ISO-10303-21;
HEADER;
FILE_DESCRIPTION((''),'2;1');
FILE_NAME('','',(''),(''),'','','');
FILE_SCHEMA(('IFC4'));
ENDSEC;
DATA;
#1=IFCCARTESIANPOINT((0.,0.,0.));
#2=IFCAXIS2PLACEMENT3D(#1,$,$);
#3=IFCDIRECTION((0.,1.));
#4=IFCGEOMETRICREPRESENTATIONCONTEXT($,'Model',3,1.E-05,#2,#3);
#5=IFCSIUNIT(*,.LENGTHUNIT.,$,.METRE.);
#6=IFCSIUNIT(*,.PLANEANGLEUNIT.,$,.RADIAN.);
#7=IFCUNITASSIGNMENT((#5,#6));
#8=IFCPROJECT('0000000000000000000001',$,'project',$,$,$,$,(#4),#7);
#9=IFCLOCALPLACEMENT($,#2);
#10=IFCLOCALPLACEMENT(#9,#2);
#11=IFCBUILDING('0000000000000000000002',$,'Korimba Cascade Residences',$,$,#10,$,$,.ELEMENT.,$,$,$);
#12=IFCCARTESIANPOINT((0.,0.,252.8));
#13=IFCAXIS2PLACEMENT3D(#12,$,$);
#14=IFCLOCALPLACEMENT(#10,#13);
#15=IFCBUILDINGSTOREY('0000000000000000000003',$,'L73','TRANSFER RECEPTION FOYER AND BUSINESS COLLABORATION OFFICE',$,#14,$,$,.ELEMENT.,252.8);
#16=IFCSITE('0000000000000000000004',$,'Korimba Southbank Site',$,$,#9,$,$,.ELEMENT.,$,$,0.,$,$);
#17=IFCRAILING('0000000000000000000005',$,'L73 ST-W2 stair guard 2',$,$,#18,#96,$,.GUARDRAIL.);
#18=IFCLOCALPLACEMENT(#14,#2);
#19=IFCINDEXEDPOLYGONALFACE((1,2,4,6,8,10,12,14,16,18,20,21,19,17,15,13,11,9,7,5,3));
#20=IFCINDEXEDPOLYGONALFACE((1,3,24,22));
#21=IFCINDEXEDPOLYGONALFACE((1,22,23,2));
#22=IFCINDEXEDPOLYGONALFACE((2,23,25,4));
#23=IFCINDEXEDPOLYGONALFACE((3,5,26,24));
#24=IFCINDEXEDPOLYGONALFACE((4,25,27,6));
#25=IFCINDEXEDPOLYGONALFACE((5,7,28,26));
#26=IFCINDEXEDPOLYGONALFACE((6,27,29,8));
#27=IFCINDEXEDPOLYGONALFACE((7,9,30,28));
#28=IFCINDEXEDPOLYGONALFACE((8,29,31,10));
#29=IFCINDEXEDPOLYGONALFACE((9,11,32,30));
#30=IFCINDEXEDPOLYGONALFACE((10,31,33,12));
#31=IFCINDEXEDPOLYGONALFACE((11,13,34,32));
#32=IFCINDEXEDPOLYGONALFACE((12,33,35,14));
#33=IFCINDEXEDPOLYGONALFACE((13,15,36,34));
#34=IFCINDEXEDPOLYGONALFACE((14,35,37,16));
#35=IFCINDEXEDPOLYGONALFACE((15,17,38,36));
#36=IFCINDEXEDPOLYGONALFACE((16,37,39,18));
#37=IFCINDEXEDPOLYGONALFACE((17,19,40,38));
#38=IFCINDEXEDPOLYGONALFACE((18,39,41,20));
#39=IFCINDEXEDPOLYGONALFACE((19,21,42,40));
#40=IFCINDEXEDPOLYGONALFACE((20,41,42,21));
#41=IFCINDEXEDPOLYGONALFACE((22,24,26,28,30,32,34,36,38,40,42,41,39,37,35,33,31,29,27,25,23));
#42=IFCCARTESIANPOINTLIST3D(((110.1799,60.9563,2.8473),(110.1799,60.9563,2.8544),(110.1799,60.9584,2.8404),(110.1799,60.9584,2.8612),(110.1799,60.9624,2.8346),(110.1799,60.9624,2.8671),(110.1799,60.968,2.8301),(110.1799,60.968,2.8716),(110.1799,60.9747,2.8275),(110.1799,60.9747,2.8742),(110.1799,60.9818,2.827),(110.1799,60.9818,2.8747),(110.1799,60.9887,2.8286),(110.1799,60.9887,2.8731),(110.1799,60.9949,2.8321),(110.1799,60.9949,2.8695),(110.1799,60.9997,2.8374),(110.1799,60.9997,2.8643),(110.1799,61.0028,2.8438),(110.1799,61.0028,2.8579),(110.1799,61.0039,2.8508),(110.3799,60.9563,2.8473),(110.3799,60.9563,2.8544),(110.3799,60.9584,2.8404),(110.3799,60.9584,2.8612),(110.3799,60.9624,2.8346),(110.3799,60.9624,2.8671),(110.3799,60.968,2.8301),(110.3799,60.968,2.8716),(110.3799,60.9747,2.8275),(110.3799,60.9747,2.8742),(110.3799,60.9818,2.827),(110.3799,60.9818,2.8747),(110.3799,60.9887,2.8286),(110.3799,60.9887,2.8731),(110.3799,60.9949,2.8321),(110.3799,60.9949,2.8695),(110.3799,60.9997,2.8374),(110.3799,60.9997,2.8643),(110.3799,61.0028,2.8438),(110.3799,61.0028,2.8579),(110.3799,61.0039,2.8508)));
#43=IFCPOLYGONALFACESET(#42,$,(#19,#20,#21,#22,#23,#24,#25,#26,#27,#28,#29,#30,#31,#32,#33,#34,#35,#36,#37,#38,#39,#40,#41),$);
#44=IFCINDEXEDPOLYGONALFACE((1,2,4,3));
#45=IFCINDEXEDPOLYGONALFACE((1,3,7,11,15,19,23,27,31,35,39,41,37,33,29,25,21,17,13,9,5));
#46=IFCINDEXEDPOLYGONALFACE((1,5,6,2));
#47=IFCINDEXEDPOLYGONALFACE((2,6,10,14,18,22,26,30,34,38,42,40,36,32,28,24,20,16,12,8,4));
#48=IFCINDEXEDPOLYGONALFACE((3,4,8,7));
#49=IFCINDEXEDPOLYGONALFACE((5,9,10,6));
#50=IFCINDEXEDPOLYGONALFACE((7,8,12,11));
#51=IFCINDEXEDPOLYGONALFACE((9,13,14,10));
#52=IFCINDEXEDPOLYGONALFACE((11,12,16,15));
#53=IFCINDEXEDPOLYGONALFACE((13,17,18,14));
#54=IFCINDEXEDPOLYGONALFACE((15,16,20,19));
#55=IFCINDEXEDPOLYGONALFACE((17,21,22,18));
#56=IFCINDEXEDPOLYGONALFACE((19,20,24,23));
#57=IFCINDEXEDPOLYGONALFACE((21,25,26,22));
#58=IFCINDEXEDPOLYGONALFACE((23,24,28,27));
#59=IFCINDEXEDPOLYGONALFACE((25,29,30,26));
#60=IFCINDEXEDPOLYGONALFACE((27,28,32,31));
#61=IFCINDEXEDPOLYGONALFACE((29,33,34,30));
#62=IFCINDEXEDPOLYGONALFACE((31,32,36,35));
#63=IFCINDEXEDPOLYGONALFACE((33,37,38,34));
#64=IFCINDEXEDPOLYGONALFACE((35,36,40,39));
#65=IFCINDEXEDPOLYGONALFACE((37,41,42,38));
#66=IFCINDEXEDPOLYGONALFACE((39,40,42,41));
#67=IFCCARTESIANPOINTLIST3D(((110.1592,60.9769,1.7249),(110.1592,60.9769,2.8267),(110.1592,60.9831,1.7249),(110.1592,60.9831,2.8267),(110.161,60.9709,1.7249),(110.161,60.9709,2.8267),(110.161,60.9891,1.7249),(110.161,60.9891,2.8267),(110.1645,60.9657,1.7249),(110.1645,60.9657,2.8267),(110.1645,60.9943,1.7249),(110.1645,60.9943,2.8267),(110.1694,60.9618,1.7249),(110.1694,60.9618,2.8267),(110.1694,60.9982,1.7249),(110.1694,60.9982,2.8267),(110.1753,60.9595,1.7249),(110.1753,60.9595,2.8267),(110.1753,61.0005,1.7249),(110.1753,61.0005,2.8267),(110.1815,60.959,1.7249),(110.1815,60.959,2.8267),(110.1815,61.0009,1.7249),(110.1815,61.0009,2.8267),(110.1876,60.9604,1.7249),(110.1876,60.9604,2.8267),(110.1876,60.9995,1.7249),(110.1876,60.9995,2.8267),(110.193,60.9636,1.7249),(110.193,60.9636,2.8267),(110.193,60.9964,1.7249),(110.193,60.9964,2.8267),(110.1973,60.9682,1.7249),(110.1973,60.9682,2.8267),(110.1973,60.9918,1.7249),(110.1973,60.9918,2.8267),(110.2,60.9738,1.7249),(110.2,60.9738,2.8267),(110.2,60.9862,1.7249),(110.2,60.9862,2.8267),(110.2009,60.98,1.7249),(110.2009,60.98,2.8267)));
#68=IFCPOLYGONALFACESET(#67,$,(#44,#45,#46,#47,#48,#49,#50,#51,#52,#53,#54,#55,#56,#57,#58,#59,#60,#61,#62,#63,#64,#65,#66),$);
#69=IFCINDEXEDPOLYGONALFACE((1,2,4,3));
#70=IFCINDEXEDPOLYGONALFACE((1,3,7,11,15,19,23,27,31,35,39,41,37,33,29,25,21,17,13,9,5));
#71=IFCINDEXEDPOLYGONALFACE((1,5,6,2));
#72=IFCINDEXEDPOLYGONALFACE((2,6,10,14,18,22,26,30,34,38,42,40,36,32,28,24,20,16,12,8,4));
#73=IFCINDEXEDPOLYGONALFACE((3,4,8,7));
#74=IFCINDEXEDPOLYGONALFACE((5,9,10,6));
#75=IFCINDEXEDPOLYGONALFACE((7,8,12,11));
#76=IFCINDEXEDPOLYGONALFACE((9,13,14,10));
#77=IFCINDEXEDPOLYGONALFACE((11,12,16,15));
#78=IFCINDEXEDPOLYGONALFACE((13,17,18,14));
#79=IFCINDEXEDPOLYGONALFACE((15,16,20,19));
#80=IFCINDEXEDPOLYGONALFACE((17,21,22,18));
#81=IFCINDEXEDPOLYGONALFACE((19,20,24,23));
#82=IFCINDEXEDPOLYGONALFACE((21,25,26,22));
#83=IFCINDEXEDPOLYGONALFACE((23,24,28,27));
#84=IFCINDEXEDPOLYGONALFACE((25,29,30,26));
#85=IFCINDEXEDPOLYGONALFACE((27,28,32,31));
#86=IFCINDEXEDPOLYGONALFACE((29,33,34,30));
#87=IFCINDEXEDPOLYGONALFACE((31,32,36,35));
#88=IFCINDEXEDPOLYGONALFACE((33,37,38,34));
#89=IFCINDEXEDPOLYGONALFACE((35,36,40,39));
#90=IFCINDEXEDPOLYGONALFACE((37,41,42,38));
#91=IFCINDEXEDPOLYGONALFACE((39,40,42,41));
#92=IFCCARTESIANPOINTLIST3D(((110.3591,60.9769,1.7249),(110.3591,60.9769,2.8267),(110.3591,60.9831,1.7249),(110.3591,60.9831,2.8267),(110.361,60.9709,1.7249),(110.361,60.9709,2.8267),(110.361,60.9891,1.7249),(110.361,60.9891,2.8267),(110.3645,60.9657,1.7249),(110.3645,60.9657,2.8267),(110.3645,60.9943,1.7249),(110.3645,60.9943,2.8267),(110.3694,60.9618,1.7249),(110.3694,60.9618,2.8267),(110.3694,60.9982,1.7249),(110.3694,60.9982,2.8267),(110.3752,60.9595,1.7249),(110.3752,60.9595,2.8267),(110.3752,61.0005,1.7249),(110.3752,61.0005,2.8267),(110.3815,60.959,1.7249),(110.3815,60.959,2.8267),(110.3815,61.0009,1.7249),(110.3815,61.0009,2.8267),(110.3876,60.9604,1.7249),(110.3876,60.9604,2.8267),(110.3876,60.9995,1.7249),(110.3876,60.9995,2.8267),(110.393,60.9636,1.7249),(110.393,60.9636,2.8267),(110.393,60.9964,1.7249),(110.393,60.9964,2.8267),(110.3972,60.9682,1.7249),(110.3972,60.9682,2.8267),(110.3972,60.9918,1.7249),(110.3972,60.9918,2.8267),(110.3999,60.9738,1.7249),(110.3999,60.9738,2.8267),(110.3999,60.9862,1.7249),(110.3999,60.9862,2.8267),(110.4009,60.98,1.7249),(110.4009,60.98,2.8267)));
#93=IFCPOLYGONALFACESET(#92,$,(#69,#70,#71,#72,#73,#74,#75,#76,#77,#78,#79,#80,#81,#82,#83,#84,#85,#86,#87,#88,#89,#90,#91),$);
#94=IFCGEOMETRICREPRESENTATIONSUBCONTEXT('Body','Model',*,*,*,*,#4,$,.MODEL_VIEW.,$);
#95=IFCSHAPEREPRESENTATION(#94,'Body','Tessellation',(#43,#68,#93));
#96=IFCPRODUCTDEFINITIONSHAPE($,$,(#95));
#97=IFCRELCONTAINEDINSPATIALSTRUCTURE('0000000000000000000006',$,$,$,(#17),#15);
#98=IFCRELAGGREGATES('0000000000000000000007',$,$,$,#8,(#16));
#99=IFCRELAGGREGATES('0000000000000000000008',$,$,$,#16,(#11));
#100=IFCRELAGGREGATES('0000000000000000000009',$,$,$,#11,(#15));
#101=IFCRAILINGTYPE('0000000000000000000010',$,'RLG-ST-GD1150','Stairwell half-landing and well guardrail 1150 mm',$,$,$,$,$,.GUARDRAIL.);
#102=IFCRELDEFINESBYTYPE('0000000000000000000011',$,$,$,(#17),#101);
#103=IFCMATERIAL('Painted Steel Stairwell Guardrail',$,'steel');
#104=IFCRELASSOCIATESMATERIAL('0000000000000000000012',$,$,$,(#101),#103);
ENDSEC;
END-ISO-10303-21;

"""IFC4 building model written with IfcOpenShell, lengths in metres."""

from ifc_helpers import new_model, si_unit, direction, frame, origin, origin_2d, place, context, subcontext, project, spatial, circle, extrude, material, type_object, element, save


model = new_model("IFC4")

# Units and contexts
model_context = context("Model", 3, precision=1e-05, world=origin(), true_north=direction((0.0, 1.0)))
body_context = subcontext(model_context, "Body", "Model", "MODEL_VIEW")
ifc_project = project(units=[si_unit("LENGTHUNIT", "METRE"), si_unit("PLANEANGLEUNIT", "RADIAN")], contexts=[model_context])

# Site, building, storey
site_placement = place(None, origin())
site = spatial("IfcSite", under=ifc_project, at=site_placement, Name="Korimba Southbank Site", CompositionType="ELEMENT", RefElevation=0.0)
building_placement = place(site_placement, origin())
building = spatial("IfcBuilding", under=site, at=building_placement, Name="Korimba Cascade Residences", CompositionType="ELEMENT")
storey_placement = place(building_placement, frame((0.0, 0.0, 252.8)))
storey = spatial("IfcBuildingStorey", under=building, at=storey_placement, Name="L73", Description="TRANSFER RECEPTION FOYER AND BUSINESS COLLABORATION OFFICE", CompositionType="ELEMENT", Elevation=252.8)

# Railing
ifc_material_1 = material(Name="Painted Steel Stairwell Guardrail", Category="steel")
railing_type_1 = type_object("IfcRailingType", Name="RLG-ST-GD1150", Description="Stairwell half-landing and well guardrail 1150 mm", PredefinedType="GUARDRAIL", material=ifc_material_1)
railing_1_placement = place(storey_placement, frame((110.1799, 60.98, 1.7249)))
element("IfcRailing", 1, at=railing_1_placement, inside=storey, type_object=railing_type_1, Name="L73 ST-W2 stair guard 2", PredefinedType="GUARDRAIL", context=body_context, shape_type="SweptSolid", body=[
    extrude(circle(Radius=0.0239, at=origin_2d()), frame((0.0, 0.0, 1.126), z_axis=(1.0, 0.0, 0.0), x_axis=(0.0, 1.0, 0.0)), (0.0, 0.0, 1.0), 0.2),
    extrude(circle(Radius=0.021, at=origin_2d()), origin(), (0.0, 0.0, 1.0), 1.1018),
    extrude(circle(Radius=0.021, at=origin_2d()), frame((0.2, 0.0, 0.0)), (0.0, 0.0, 1.0), 1.1018),
])

save(model, "model.ifc")
